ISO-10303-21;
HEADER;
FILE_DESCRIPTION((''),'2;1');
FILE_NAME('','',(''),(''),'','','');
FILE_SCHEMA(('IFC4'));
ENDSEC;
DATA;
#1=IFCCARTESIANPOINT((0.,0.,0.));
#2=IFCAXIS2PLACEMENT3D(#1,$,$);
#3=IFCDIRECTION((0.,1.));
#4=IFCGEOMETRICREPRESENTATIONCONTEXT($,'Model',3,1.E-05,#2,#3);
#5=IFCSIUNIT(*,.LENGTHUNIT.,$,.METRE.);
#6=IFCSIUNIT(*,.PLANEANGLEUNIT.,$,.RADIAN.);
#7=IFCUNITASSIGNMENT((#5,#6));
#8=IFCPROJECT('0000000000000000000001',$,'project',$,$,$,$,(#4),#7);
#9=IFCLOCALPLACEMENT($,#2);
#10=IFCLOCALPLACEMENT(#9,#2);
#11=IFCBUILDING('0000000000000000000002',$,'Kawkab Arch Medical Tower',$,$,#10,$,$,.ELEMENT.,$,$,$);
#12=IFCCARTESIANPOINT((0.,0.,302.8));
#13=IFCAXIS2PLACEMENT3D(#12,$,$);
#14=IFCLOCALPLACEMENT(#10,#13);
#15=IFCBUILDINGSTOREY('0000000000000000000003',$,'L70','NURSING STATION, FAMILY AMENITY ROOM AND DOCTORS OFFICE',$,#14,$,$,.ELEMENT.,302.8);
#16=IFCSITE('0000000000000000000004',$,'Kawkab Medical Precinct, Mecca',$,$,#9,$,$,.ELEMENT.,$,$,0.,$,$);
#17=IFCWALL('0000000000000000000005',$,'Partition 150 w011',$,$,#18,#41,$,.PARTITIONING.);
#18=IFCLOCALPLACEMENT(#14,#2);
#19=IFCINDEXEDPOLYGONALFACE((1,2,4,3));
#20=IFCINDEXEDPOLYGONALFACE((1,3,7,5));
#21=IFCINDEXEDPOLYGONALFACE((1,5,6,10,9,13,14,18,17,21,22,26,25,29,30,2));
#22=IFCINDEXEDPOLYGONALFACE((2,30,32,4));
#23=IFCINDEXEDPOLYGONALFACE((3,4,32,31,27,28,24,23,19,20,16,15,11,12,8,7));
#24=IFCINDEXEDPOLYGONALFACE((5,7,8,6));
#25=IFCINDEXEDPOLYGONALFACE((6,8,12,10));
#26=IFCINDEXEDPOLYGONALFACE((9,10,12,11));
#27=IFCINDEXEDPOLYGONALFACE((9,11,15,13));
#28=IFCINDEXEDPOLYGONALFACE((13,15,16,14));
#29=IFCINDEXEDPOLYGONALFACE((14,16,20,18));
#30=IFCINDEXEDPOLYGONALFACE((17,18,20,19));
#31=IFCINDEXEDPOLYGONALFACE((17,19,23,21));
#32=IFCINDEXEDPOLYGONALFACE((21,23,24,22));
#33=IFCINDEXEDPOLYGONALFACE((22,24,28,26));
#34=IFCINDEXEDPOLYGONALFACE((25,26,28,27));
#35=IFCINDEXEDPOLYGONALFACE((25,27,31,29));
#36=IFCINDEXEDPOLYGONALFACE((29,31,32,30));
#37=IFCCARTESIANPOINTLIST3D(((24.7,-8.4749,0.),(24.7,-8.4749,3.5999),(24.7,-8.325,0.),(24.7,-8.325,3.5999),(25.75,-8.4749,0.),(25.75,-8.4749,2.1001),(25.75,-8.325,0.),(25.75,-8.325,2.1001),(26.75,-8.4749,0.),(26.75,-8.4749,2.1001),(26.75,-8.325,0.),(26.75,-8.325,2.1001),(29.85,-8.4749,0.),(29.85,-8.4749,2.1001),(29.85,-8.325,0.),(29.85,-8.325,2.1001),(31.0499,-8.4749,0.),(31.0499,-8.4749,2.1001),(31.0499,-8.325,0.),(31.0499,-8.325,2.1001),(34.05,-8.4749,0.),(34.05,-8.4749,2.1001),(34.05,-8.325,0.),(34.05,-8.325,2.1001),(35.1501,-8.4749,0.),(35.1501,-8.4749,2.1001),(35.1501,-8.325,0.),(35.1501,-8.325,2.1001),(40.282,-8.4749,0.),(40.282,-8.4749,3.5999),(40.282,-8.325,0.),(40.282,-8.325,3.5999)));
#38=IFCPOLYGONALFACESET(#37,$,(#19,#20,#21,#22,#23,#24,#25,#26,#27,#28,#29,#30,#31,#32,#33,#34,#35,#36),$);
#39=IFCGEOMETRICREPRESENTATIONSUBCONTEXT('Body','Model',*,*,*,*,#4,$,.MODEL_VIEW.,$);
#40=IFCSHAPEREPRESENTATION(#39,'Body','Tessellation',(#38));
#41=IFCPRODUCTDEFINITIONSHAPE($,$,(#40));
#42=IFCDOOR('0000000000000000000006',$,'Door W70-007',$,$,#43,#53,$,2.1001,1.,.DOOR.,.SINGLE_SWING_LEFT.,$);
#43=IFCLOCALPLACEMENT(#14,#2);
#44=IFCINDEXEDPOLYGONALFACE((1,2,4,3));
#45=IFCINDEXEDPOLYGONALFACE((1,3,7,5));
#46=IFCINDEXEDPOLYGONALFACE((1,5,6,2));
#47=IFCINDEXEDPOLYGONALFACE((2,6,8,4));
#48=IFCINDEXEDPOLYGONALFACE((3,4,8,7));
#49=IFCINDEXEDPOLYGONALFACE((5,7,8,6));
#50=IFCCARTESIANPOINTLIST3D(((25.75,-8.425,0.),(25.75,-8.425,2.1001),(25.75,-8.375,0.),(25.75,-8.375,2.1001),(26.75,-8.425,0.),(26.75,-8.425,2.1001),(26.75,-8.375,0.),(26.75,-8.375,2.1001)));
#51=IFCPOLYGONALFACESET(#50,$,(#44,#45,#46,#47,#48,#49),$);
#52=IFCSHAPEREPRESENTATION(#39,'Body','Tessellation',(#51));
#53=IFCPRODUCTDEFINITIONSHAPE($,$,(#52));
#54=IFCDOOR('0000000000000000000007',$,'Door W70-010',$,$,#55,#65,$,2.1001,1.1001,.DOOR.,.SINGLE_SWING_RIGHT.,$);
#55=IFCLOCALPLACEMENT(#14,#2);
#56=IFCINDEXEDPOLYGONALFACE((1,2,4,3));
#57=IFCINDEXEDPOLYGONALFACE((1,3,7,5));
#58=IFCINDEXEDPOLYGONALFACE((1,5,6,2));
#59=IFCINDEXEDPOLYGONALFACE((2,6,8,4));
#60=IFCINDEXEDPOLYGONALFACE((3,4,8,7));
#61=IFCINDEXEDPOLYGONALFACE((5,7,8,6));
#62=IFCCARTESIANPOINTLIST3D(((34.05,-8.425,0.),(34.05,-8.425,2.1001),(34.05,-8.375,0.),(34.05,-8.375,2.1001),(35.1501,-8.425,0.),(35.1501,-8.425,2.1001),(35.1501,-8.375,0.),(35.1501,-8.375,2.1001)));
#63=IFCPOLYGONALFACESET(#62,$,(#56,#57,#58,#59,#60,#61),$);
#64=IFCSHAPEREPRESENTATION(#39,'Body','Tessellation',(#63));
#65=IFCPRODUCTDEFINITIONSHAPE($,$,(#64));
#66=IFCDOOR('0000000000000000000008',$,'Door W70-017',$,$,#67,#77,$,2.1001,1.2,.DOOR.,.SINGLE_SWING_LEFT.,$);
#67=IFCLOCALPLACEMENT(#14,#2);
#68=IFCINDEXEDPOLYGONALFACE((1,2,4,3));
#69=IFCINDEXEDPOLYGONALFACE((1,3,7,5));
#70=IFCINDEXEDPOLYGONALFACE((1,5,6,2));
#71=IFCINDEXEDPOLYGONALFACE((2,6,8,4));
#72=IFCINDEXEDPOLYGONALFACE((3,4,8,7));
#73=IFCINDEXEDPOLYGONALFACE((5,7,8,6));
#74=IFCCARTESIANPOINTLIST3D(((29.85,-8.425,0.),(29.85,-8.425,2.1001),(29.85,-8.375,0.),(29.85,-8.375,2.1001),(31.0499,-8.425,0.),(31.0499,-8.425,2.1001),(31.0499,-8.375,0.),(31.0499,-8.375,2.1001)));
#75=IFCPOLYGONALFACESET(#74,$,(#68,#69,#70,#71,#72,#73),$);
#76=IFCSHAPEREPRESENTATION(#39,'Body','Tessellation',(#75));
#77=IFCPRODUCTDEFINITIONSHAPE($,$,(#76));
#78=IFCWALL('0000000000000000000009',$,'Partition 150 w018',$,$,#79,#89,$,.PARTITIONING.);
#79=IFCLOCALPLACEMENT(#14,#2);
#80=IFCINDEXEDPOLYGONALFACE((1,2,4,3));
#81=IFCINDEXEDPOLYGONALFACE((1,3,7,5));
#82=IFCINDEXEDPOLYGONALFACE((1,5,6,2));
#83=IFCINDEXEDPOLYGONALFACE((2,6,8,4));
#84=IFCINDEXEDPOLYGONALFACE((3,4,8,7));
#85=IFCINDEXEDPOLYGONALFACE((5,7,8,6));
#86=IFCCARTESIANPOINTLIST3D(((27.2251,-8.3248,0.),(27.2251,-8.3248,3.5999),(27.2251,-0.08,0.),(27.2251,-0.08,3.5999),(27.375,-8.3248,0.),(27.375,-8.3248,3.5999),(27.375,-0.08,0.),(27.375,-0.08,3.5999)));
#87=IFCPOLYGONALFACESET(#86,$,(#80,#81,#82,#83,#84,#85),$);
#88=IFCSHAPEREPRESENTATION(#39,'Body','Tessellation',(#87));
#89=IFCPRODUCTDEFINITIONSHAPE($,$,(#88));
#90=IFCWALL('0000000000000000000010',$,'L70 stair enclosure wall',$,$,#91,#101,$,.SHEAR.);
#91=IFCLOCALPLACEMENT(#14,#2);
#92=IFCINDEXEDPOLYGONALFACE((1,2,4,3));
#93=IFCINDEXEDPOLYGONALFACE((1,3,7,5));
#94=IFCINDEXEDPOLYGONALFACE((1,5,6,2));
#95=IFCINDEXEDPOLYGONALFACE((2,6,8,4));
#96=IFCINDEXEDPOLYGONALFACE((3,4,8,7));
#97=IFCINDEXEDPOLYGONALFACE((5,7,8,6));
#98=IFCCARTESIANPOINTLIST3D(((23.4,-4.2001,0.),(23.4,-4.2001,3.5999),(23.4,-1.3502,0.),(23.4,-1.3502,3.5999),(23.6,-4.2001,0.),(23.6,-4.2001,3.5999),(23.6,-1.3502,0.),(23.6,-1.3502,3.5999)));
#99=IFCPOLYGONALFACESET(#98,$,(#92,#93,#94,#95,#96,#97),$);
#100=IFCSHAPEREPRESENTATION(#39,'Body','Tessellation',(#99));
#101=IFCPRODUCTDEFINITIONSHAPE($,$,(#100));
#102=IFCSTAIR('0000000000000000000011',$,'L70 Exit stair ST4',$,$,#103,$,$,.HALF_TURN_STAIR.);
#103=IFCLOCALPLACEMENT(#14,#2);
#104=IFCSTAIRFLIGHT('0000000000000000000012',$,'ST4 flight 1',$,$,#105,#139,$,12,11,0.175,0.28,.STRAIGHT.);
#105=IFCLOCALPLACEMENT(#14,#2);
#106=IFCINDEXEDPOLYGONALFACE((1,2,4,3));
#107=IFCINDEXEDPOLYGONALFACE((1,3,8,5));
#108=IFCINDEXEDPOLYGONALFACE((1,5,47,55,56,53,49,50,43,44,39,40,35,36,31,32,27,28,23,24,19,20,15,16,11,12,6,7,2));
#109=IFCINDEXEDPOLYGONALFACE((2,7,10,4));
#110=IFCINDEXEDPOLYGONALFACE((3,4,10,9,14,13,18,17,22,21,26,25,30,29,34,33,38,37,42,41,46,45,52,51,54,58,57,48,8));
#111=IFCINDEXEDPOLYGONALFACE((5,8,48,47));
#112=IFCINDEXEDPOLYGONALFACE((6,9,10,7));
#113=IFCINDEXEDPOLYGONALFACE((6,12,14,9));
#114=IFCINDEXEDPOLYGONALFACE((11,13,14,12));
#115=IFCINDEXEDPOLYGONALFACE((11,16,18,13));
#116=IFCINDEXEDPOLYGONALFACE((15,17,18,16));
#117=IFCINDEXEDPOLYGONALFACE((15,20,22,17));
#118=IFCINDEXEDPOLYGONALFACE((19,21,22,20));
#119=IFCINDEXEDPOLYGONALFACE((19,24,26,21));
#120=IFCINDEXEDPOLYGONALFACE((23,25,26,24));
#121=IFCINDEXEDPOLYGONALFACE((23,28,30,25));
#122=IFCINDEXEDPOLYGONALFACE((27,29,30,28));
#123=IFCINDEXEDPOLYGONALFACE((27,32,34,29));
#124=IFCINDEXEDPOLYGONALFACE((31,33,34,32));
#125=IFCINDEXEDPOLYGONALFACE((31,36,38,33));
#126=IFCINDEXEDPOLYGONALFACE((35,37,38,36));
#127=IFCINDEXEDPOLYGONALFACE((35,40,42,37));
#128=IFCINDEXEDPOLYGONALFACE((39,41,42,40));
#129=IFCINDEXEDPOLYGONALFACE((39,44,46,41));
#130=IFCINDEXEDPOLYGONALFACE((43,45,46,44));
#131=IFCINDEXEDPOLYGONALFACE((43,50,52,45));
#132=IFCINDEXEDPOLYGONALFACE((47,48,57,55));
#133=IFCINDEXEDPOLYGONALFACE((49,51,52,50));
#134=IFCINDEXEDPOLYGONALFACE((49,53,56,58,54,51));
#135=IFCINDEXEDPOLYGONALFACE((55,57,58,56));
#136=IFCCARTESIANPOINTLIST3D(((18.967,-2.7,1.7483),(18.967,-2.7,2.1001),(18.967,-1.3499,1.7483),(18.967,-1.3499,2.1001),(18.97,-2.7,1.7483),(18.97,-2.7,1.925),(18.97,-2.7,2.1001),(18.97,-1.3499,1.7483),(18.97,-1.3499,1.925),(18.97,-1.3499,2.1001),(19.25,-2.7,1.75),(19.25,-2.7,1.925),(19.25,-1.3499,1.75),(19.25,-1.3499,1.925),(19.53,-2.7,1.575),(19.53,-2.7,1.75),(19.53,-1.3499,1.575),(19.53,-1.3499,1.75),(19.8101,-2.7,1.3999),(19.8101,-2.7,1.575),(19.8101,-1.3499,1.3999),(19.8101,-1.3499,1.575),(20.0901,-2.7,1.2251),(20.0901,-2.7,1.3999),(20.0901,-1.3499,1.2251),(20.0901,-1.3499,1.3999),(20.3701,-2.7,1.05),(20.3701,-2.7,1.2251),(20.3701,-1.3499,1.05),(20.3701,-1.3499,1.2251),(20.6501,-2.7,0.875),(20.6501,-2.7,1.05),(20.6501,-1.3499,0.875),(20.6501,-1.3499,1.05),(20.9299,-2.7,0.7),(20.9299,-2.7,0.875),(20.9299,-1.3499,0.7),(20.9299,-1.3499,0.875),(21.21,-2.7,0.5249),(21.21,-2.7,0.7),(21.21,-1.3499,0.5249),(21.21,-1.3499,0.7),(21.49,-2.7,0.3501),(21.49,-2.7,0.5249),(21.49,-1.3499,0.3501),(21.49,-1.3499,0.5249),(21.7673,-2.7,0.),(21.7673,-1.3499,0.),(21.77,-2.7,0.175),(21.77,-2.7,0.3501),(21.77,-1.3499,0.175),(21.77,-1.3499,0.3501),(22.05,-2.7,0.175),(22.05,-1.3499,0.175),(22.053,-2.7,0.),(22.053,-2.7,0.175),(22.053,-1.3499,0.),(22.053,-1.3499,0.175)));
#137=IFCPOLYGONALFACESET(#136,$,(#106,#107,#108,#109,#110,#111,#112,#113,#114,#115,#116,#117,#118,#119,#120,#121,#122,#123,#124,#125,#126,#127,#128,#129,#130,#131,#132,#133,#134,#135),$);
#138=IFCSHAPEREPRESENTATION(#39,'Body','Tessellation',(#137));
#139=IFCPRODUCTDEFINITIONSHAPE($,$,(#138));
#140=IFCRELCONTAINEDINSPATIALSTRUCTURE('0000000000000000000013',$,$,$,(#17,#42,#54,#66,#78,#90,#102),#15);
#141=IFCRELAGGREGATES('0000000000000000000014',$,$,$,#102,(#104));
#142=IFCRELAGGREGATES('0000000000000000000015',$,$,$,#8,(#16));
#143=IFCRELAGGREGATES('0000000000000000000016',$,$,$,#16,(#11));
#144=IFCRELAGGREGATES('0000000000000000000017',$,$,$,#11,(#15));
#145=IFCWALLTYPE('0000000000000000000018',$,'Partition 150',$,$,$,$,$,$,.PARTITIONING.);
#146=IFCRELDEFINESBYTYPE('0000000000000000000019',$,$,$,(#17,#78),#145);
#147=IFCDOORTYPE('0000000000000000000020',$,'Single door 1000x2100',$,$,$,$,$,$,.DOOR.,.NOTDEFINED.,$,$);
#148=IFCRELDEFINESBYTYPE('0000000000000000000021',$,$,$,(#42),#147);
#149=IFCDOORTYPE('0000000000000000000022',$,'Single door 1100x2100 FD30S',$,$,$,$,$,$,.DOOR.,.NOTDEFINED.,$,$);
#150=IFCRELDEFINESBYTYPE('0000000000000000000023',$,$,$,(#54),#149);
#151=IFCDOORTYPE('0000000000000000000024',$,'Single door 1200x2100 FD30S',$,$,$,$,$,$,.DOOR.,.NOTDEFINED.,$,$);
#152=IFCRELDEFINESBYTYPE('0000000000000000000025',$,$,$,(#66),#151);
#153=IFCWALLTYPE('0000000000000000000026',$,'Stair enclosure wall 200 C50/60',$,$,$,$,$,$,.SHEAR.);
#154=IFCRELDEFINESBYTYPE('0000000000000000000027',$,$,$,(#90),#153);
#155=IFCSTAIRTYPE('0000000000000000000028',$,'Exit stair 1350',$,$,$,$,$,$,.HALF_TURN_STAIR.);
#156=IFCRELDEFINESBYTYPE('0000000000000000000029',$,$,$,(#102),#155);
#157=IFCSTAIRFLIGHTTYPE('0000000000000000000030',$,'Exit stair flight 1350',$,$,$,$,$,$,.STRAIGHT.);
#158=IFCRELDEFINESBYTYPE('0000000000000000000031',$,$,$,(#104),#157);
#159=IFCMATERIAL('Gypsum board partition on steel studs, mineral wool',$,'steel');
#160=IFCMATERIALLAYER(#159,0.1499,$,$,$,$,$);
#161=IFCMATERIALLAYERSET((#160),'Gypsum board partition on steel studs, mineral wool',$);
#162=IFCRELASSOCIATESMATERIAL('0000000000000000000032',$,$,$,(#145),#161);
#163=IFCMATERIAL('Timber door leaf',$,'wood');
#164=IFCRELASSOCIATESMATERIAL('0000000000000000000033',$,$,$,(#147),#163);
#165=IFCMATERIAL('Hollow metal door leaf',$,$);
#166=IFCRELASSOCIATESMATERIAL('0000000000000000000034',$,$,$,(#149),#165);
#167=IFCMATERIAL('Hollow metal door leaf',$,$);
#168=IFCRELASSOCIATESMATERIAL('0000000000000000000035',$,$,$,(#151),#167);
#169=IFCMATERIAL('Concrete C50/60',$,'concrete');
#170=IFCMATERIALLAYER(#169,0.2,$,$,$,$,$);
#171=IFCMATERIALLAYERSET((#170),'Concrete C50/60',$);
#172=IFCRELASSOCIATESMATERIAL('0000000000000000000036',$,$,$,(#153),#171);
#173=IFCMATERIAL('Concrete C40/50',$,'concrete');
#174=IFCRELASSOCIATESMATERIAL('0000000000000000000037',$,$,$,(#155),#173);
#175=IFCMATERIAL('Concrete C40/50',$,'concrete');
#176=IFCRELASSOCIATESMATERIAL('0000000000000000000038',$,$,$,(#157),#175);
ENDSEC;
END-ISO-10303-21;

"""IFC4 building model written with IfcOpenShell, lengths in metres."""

from ifc_helpers import new_model, si_unit, direction, frame, frame_2d, origin, place, context, subcontext, project, spatial, polyline, rectangle, outline, extrude, material, layer, layer_set, type_object, element, fill, aggregate, save


model = new_model("IFC4")

# Units and contexts
model_context = context("Model", 3, precision=1e-05, world=origin(), true_north=direction((0.0, 1.0)))
body_context = subcontext(model_context, "Body", "Model", "MODEL_VIEW")
ifc_project = project(units=[si_unit("LENGTHUNIT", "METRE"), si_unit("PLANEANGLEUNIT", "RADIAN")], contexts=[model_context])

# Site, building, storey
site_placement = place(None, origin())
site = spatial("IfcSite", under=ifc_project, at=site_placement, Name="Kawkab Medical Precinct, Mecca", CompositionType="ELEMENT", RefElevation=0.0)
building_placement = place(site_placement, origin())
building = spatial("IfcBuilding", under=site, at=building_placement, Name="Kawkab Arch Medical Tower", CompositionType="ELEMENT")
storey_placement = place(building_placement, frame((0.0, 0.0, 302.8)))
storey = spatial("IfcBuildingStorey", under=building, at=storey_placement, Name="L70", Description="NURSING STATION, FAMILY AMENITY ROOM AND DOCTORS OFFICE", CompositionType="ELEMENT", Elevation=302.8)

# Shared definitions
placement = place(storey_placement, origin())

# Wall, openings, doors
ifc_material_1 = material(Name="Gypsum board partition on steel studs, mineral wool", Category="steel")
ifc_layer_1 = layer(ifc_material_1, 0.1499)
ifc_layer_set_1 = layer_set([ifc_layer_1], Name="Gypsum board partition on steel studs, mineral wool")
wall_type_1 = type_object("IfcWallType", Name="Partition 150", PredefinedType="PARTITIONING", material=ifc_layer_set_1)
wall_1_placement = place(storey_placement, frame((24.7, -8.3999, 0.0), z_axis=(0.0, 0.0, 1.0), x_axis=(1.0, 0.0, 0.0)))
wall_1 = element("IfcWall", 1, at=wall_1_placement, inside=storey, type_object=wall_type_1, Name="Partition 150 w011", PredefinedType="PARTITIONING", context=body_context, shape_type="SweptSolid", body=[
    extrude(rectangle(XDim=15.582, YDim=0.1499, at=frame_2d((7.791, 0.0))), origin(), (0.0, 0.0, 1.0), 3.5999),
])
opening_1_placement = place(wall_1_placement, frame((9.3501, 0.0, 0.0)))
opening_1 = element("IfcOpeningElement", 2, at=opening_1_placement, cuts=wall_1, PredefinedType="OPENING", context=body_context, shape_type="SweptSolid", body=[
    extrude(rectangle(XDim=1.1001, YDim=2.1001, at=frame_2d((0.55, 1.05))), frame((0.0, 0.085, 0.0), z_axis=(0.0, -1.0, 0.0), x_axis=(1.0, 0.0, 0.0)), (0.0, 0.0, 1.0), 0.1699),
])
opening_2_placement = place(wall_1_placement, frame((1.05, 0.0, 0.0)))
opening_2 = element("IfcOpeningElement", 3, at=opening_2_placement, cuts=wall_1, PredefinedType="OPENING", context=body_context, shape_type="SweptSolid", body=[
    extrude(rectangle(XDim=1.0, YDim=2.1001, at=frame_2d((0.5, 1.05))), frame((0.0, 0.085, 0.0), z_axis=(0.0, -1.0, 0.0), x_axis=(1.0, 0.0, 0.0)), (0.0, 0.0, 1.0), 0.1699),
])
opening_3_placement = place(wall_1_placement, frame((5.1499, 0.0, 0.0)))
opening_3 = element("IfcOpeningElement", 4, at=opening_3_placement, cuts=wall_1, PredefinedType="OPENING", context=body_context, shape_type="SweptSolid", body=[
    extrude(rectangle(XDim=1.2, YDim=2.1001, at=frame_2d((0.6001, 1.05))), frame((0.0, 0.085, 0.0), z_axis=(0.0, -1.0, 0.0), x_axis=(1.0, 0.0, 0.0)), (0.0, 0.0, 1.0), 0.1699),
])
ifc_material_2 = material(Name="Timber door leaf", Category="wood")
door_type_1 = type_object("IfcDoorType", Name="Single door 1000x2100", OperationType="NOTDEFINED", PredefinedType="DOOR", material=ifc_material_2)
door_1_placement = place(opening_2_placement, origin())
door_1 = element("IfcDoor", 5, at=door_1_placement, inside=storey, type_object=door_type_1, Name="Door W70-007", OperationType="SINGLE_SWING_LEFT", OverallHeight=2.1001, OverallWidth=1.0, PredefinedType="DOOR", context=body_context, shape_type="SweptSolid", body=[
    extrude(rectangle(XDim=1.0, YDim=2.1001, at=frame_2d((0.5, 1.05))), frame((0.0, 0.0249, 0.0), z_axis=(0.0, -1.0, 0.0), x_axis=(1.0, 0.0, 0.0)), (0.0, 0.0, 1.0), 0.05),
])
fill(opening_2, door_1)
ifc_material_3 = material(Name="Hollow metal door leaf")
door_type_2 = type_object("IfcDoorType", Name="Single door 1100x2100 FD30S", OperationType="NOTDEFINED", PredefinedType="DOOR", material=ifc_material_3)
door_2_placement = place(opening_1_placement, origin())
door_2 = element("IfcDoor", 6, at=door_2_placement, inside=storey, type_object=door_type_2, Name="Door W70-010", OperationType="SINGLE_SWING_RIGHT", OverallHeight=2.1001, OverallWidth=1.1001, PredefinedType="DOOR", context=body_context, shape_type="SweptSolid", body=[
    extrude(rectangle(XDim=1.1001, YDim=2.1001, at=frame_2d((0.55, 1.05))), frame((0.0, 0.0249, 0.0), z_axis=(0.0, -1.0, 0.0), x_axis=(1.0, 0.0, 0.0)), (0.0, 0.0, 1.0), 0.05),
])
fill(opening_1, door_2)
ifc_material_4 = material(Name="Hollow metal door leaf")
door_type_3 = type_object("IfcDoorType", Name="Single door 1200x2100 FD30S", OperationType="NOTDEFINED", PredefinedType="DOOR", material=ifc_material_4)
door_3_placement = place(opening_3_placement, origin())
door_3 = element("IfcDoor", 7, at=door_3_placement, inside=storey, type_object=door_type_3, Name="Door W70-017", OperationType="SINGLE_SWING_LEFT", OverallHeight=2.1001, OverallWidth=1.2, PredefinedType="DOOR", context=body_context, shape_type="SweptSolid", body=[
    extrude(rectangle(XDim=1.2, YDim=2.1001, at=frame_2d((0.6001, 1.05))), frame((0.0, 0.0249, 0.0), z_axis=(0.0, -1.0, 0.0), x_axis=(1.0, 0.0, 0.0)), (0.0, 0.0, 1.0), 0.05),
])
fill(opening_3, door_3)

# Walls
wall_2_placement = place(storey_placement, frame((27.3, -8.325, 0.0), z_axis=(0.0, 0.0, 1.0), x_axis=(0.0, 1.0, 0.0)))
element("IfcWall", 8, at=wall_2_placement, inside=storey, type_object=wall_type_1, Name="Partition 150 w018", PredefinedType="PARTITIONING", context=body_context, shape_type="SweptSolid", body=[
    extrude(rectangle(XDim=8.2449, YDim=0.1499, at=frame_2d((4.1226, 0.0))), origin(), (0.0, 0.0, 1.0), 3.5999),
])
ifc_material_5 = material(Name="Concrete C50/60", Category="concrete")
ifc_layer_2 = layer(ifc_material_5, 0.2)
ifc_layer_set_2 = layer_set([ifc_layer_2], Name="Concrete C50/60")
wall_type_2 = type_object("IfcWallType", Name="Stair enclosure wall 200 C50/60", PredefinedType="SHEAR", material=ifc_layer_set_2)
wall_3_placement = place(storey_placement, frame((23.5, -4.2, 0.0), z_axis=(0.0, 0.0, 1.0), x_axis=(0.0, 1.0, 0.0)))
element("IfcWall", 9, at=wall_3_placement, inside=storey, type_object=wall_type_2, Name="L70 stair enclosure wall", PredefinedType="SHEAR", context=body_context, shape_type="SweptSolid", body=[
    extrude(rectangle(XDim=2.8499, YDim=0.2, at=frame_2d((1.4248, 0.0))), origin(), (0.0, 0.0, 1.0), 3.5999),
])

# Stair, stair flight
ifc_material_6 = material(Name="Concrete C40/50", Category="concrete")
stair_type = type_object("IfcStairType", Name="Exit stair 1350", PredefinedType="HALF_TURN_STAIR", material=ifc_material_6)
stair = element("IfcStair", 10, at=placement, inside=storey, type_object=stair_type, Name="L70 Exit stair ST4", PredefinedType="HALF_TURN_STAIR")
ifc_material_7 = material(Name="Concrete C40/50", Category="concrete")
stair_flight_type = type_object("IfcStairFlightType", Name="Exit stair flight 1350", PredefinedType="STRAIGHT", material=ifc_material_7)
stair_flight_1_placement = place(storey_placement, frame((22.05, -2.0249, 0.0), z_axis=(0.0, 0.0, 1.0), x_axis=(-1.0, 0.0, 0.0)))
stair_flight_1 = element("IfcStairFlight", 11, at=stair_flight_1_placement, type_object=stair_flight_type, Name="ST4 flight 1", NumberOfRisers=12, NumberOfTreads=11, PredefinedType="STRAIGHT", RiserHeight=0.175, TreadLength=0.28, context=body_context, shape_type="SweptSolid", body=[
    extrude(outline(polyline([(-0.0029, 0.0), (-0.0029, 0.175), (0.0, 0.175), (0.28, 0.175), (0.28, 0.3501), (0.5601, 0.3501), (0.5601, 0.5249), (0.8401, 0.5249), (0.8401, 0.7), (1.1201, 0.7), (1.1201, 0.875), (1.3999, 0.875), (1.3999, 1.05), (1.6799, 1.05), (1.6799, 1.2251), (1.96, 1.2251), (1.96, 1.3999), (2.24, 1.3999), (2.24, 1.575), (2.52, 1.575), (2.52, 1.75), (2.8, 1.75), (2.8, 1.925), (3.0801, 1.925), (3.0801, 2.1001), (3.083, 2.1001), (3.083, 1.7483), (3.0801, 1.7483), (0.2827, 0.0), (-0.0029, 0.0)])), frame((0.0, 0.675, 0.0), z_axis=(0.0, -1.0, 0.0), x_axis=(1.0, 0.0, 0.0)), (0.0, 0.0, 1.0), 1.3501),
])
aggregate(stair, [stair_flight_1])

save(model, "model.ifc")
